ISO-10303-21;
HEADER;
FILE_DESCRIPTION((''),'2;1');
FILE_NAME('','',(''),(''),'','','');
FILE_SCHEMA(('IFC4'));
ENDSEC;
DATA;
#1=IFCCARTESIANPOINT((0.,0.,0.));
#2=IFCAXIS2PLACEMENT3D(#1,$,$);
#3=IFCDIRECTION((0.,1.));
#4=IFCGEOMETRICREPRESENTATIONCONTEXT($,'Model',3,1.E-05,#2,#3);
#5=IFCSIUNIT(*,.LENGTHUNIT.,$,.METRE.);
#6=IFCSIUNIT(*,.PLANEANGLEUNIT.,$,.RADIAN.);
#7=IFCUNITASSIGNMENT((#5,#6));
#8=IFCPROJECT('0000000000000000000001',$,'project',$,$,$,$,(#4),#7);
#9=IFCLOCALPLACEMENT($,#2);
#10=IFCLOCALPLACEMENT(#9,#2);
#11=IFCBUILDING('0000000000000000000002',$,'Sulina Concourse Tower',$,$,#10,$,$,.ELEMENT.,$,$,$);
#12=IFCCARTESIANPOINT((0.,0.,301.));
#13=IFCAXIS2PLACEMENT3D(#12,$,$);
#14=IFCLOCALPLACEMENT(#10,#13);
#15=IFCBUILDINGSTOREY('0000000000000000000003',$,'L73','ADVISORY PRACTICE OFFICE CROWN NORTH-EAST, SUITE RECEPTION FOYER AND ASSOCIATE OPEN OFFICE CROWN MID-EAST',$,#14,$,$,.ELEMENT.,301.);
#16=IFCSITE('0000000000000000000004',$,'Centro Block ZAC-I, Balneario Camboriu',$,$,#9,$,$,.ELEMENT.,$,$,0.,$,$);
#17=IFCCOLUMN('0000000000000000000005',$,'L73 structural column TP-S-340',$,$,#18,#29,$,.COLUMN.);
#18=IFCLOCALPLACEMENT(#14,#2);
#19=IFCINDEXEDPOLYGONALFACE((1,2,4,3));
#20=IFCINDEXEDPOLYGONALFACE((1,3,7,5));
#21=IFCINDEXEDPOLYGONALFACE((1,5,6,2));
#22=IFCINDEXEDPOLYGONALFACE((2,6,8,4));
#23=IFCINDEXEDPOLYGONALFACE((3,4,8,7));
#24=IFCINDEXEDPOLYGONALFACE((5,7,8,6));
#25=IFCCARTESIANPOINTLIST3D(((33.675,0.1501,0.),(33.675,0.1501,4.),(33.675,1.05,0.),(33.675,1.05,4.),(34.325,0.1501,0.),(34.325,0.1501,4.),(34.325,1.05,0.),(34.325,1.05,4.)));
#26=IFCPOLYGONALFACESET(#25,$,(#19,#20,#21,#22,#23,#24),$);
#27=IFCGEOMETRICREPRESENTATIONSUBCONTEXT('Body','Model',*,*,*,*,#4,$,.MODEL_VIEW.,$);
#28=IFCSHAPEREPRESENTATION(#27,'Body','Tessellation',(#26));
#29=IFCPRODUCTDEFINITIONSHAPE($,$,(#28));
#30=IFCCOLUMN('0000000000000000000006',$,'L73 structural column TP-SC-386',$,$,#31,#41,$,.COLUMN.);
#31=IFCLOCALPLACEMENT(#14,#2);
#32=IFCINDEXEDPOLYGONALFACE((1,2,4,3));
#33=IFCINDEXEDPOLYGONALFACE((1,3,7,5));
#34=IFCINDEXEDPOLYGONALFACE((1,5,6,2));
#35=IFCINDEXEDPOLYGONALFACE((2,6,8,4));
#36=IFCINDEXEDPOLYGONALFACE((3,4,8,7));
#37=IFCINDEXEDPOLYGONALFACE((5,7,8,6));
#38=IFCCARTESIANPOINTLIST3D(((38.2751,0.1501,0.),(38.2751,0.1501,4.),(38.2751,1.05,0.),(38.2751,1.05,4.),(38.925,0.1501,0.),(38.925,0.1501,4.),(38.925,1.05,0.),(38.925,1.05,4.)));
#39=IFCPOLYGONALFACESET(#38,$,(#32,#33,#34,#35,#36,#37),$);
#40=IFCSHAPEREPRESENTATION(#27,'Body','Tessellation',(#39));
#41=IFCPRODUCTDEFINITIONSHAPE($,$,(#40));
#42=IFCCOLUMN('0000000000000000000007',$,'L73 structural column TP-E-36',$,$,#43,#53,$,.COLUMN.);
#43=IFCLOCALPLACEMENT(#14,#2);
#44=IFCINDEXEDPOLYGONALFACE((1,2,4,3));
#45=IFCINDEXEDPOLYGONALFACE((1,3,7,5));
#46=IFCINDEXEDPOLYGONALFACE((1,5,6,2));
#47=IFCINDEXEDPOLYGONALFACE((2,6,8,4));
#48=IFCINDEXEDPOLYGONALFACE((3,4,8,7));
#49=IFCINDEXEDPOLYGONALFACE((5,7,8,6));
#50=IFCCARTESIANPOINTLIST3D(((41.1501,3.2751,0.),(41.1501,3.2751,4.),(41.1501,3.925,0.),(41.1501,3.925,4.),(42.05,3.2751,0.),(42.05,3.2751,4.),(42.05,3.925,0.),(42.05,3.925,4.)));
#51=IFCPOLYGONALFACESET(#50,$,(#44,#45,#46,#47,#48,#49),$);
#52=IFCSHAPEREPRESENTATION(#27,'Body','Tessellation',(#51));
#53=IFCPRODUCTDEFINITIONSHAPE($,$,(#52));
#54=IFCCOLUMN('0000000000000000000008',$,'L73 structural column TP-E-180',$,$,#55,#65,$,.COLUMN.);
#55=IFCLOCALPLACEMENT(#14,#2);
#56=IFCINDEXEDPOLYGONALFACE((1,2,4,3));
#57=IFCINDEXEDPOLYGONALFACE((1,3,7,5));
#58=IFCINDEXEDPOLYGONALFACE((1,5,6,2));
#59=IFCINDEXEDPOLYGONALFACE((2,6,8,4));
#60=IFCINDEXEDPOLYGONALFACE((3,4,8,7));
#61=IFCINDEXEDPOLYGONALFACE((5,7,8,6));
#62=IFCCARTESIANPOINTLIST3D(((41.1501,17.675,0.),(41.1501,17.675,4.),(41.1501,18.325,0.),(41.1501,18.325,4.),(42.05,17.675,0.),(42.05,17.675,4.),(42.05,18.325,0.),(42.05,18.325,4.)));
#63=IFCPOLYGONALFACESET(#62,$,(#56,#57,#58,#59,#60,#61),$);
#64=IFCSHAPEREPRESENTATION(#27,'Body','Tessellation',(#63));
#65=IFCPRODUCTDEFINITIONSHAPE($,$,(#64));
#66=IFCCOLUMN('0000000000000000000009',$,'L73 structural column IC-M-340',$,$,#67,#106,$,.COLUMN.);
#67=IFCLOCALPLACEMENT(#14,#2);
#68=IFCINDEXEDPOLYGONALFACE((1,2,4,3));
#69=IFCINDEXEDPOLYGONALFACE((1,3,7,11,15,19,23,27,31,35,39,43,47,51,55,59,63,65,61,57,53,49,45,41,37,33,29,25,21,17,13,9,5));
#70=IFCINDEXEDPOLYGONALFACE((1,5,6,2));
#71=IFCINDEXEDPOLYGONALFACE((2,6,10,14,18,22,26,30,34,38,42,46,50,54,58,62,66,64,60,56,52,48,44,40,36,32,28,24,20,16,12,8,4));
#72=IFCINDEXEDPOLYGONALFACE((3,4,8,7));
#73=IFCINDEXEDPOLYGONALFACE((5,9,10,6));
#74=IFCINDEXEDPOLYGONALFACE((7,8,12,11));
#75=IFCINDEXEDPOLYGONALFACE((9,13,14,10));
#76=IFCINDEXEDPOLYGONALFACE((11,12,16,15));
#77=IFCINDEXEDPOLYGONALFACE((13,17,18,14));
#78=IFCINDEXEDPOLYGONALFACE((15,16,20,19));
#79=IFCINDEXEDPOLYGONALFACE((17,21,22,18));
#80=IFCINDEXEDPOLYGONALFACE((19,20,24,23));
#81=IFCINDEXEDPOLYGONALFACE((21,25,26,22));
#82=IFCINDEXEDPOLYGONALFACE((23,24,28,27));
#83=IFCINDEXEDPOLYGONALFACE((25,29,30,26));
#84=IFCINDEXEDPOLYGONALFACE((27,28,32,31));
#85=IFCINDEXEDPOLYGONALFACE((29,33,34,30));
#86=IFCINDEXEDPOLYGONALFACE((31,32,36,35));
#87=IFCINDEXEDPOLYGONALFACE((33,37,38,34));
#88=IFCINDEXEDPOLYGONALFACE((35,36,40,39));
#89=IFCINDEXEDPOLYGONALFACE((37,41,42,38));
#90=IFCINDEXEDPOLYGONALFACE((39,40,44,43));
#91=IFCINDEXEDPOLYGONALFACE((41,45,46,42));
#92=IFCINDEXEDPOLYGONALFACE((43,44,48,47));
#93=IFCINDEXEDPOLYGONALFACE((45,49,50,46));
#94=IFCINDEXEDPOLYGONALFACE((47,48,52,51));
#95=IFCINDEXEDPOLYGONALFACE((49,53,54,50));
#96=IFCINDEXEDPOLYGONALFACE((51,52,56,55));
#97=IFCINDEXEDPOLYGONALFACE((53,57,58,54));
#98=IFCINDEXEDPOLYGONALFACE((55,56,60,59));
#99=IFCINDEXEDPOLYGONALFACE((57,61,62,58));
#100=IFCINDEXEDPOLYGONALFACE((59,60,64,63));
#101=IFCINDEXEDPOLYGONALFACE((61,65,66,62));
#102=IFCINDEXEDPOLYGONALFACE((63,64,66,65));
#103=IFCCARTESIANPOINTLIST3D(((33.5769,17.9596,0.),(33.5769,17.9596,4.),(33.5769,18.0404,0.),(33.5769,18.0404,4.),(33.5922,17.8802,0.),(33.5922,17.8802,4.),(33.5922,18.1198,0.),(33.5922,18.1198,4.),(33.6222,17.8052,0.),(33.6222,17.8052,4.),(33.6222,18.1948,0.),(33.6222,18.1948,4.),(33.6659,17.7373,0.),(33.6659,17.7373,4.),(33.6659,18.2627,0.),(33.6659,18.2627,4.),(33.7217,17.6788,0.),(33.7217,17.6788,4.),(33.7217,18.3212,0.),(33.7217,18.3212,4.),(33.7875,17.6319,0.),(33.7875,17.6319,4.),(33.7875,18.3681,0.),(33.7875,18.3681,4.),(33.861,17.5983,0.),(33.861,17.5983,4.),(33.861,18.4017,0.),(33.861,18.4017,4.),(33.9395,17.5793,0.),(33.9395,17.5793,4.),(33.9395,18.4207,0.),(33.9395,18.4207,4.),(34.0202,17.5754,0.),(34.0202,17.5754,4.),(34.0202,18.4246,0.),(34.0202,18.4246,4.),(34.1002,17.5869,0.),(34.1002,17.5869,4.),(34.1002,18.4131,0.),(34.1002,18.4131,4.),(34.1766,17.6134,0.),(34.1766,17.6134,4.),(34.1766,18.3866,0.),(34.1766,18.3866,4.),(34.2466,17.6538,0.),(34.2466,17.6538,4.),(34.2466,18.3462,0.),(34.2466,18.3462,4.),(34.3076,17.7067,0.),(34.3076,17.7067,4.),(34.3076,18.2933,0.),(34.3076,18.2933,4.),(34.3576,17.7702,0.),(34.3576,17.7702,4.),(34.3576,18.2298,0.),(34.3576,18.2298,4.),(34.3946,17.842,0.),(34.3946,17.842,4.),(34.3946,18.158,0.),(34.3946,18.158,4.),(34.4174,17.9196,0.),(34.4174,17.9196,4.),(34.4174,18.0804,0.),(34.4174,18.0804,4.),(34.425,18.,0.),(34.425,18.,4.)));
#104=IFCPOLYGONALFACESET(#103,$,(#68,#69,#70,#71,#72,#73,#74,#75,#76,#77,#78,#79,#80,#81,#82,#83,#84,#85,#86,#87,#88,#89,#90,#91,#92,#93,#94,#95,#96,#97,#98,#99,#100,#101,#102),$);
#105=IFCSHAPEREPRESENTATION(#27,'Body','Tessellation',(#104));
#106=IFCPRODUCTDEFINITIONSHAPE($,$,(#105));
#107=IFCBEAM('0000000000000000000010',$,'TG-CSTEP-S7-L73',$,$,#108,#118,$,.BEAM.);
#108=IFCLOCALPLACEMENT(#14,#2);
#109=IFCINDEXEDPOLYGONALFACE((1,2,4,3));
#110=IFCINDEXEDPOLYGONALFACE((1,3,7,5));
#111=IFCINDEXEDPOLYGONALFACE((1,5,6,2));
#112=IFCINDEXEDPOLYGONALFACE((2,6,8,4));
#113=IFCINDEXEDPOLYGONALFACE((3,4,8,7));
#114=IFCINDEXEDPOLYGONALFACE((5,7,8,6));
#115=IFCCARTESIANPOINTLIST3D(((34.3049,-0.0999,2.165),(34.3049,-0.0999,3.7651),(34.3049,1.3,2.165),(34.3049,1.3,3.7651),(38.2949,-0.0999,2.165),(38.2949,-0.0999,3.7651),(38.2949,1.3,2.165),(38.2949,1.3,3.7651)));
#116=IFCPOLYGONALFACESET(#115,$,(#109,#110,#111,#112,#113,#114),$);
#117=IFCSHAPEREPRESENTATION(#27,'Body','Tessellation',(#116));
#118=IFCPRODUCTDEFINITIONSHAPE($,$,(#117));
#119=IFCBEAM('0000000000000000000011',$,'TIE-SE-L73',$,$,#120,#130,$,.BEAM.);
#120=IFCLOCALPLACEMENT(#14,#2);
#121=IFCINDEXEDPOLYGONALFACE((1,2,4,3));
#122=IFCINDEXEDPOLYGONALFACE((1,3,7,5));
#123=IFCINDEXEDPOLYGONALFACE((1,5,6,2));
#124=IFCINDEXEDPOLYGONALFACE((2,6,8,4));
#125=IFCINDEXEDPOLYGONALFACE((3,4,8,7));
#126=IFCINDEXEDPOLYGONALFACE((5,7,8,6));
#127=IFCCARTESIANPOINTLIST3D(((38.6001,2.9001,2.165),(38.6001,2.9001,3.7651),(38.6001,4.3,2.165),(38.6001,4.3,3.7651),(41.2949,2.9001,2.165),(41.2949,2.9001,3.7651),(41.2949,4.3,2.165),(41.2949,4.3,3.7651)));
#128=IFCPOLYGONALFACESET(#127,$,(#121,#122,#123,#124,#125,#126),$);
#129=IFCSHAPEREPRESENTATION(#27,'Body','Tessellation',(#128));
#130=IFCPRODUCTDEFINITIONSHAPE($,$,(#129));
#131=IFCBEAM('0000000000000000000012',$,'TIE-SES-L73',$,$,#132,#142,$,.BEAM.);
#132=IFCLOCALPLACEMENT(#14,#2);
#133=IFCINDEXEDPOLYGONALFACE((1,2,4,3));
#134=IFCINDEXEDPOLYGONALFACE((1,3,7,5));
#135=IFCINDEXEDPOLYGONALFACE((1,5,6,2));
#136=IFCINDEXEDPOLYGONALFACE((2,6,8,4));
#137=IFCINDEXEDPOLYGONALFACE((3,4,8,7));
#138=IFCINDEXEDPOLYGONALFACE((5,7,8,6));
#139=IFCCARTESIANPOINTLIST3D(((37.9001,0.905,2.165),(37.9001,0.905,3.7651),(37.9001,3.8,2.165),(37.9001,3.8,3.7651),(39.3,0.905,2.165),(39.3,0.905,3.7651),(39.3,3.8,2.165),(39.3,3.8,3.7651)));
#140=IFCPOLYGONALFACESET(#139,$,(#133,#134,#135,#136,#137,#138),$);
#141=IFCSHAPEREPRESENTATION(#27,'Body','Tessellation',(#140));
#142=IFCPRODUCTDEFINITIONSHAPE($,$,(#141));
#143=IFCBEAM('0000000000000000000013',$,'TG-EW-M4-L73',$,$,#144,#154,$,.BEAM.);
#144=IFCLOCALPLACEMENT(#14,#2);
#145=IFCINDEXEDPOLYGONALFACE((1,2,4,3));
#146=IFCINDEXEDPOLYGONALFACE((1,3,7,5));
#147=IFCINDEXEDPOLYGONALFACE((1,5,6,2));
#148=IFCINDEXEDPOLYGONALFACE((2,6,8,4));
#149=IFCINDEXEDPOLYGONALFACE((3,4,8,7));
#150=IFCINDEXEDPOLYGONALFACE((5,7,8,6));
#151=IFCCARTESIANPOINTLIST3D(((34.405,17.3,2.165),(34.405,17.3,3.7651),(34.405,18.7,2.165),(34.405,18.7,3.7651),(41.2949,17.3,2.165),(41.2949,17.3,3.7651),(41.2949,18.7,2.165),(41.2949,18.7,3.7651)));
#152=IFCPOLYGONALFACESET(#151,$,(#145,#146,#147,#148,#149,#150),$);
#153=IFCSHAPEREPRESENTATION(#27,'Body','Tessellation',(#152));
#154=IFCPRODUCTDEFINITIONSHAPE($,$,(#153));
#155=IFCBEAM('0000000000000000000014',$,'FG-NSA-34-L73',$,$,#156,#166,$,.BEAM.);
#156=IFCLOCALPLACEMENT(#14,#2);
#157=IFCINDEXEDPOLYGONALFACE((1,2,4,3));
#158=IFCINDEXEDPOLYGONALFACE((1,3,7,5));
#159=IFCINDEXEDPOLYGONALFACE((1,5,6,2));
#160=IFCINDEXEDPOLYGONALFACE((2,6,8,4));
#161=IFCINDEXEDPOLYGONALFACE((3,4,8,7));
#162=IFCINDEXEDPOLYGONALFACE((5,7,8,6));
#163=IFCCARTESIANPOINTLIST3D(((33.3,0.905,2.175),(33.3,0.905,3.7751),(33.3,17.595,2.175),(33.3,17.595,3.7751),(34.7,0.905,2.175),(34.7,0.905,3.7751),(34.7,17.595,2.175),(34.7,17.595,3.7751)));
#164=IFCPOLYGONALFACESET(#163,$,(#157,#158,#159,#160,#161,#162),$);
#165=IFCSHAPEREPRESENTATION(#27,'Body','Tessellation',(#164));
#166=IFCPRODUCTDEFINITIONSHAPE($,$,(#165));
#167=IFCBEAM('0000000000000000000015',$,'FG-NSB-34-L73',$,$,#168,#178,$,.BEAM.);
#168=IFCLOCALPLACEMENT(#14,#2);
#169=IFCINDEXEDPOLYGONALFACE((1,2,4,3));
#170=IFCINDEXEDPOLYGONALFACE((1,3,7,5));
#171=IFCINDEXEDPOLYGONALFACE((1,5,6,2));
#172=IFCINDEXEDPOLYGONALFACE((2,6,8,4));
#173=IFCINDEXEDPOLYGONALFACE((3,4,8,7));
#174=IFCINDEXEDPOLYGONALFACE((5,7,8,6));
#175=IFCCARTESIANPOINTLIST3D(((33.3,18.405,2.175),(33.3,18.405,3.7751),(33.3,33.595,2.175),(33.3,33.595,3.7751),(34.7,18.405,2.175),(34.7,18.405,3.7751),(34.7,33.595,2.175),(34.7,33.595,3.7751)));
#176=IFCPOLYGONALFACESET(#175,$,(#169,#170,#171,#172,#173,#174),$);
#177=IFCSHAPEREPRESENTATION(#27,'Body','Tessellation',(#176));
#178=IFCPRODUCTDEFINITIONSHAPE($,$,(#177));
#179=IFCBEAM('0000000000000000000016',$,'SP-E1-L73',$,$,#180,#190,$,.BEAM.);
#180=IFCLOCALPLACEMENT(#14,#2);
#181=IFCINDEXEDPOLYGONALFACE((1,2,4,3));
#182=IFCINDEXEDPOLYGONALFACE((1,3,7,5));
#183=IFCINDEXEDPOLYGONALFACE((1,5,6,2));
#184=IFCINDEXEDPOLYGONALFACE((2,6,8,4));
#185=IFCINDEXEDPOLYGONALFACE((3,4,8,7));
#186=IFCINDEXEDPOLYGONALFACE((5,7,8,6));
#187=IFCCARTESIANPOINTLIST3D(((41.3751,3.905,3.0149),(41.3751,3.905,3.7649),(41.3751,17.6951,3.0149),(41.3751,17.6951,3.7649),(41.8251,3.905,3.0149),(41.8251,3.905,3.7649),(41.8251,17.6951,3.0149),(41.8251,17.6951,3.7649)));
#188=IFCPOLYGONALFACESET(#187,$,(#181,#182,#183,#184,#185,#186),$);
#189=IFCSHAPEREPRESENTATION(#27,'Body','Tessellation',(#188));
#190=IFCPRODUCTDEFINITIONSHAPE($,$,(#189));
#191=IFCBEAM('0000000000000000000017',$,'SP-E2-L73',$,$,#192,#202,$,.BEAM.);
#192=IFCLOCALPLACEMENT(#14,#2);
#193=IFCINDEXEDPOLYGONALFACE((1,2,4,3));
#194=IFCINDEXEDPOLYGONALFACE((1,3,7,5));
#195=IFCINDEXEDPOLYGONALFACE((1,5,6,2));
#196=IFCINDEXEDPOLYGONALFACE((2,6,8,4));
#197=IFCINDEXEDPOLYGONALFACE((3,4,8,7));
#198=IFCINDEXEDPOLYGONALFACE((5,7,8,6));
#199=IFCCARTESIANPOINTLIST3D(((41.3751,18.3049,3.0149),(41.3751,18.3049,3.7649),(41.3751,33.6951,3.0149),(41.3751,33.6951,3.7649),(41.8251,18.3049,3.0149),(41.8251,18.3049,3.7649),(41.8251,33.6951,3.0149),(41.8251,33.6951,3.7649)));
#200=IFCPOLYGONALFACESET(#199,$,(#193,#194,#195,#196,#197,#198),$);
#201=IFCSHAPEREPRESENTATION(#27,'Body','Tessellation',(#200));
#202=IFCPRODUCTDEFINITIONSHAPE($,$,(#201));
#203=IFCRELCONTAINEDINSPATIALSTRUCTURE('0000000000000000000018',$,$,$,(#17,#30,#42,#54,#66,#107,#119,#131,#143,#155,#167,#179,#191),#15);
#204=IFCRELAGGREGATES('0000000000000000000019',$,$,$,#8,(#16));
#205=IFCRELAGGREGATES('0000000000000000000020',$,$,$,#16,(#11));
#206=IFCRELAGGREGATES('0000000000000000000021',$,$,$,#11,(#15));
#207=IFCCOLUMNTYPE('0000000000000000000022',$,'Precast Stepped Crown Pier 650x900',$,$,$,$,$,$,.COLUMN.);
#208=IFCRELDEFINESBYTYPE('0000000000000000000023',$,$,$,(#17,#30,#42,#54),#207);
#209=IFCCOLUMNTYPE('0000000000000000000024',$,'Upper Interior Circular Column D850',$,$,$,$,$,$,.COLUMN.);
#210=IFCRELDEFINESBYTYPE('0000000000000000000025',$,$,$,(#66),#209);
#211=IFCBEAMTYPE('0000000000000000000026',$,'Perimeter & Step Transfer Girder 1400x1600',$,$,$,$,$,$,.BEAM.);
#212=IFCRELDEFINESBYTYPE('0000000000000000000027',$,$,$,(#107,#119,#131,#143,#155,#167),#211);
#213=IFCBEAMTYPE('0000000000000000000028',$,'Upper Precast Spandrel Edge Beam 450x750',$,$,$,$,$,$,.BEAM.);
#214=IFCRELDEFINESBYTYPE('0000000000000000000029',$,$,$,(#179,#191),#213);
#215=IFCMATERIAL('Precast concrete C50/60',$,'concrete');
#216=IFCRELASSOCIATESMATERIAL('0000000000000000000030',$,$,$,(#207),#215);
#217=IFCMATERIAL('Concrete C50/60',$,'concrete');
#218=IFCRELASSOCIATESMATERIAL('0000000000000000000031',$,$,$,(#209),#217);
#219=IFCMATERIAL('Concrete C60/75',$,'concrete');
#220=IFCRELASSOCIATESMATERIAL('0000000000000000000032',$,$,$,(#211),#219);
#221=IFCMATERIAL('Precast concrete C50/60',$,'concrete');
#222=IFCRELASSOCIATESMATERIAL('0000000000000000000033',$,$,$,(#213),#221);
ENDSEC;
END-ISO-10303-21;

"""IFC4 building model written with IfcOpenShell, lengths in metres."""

from ifc_helpers import new_model, si_unit, direction, frame, origin, origin_2d, place, context, subcontext, project, spatial, rectangle, circle, extrude, material, material_profile, profile_set, type_object, element, save


model = new_model("IFC4")

# Units and contexts
model_context = context("Model", 3, precision=1e-05, world=origin(), true_north=direction((0.0, 1.0)))
body_context = subcontext(model_context, "Body", "Model", "MODEL_VIEW")
ifc_project = project(units=[si_unit("LENGTHUNIT", "METRE"), si_unit("PLANEANGLEUNIT", "RADIAN")], contexts=[model_context])

# Site, building, storey
site_placement = place(None, origin())
site = spatial("IfcSite", under=ifc_project, at=site_placement, Name="Centro Block ZAC-I, Balneario Camboriu", CompositionType="ELEMENT", RefElevation=0.0)
building_placement = place(site_placement, origin())
building = spatial("IfcBuilding", under=site, at=building_placement, Name="Sulina Concourse Tower", CompositionType="ELEMENT")
storey_placement = place(building_placement, frame((0.0, 0.0, 301.0)))
storey = spatial("IfcBuildingStorey", under=building, at=storey_placement, Name="L73", Description="ADVISORY PRACTICE OFFICE CROWN NORTH-EAST, SUITE RECEPTION FOYER AND ASSOCIATE OPEN OFFICE CROWN MID-EAST", CompositionType="ELEMENT", Elevation=301.0)

# Columns
ifc_material_1 = material(Name="Precast concrete C50/60", Category="concrete")
ifc_material_profile_1 = material_profile(ifc_material_1, rectangle(XDim=0.6499, YDim=0.8999, at=origin_2d()), Name="PC 650x900")
ifc_profile_set_1 = profile_set([ifc_material_profile_1], Name="Precast concrete C50/60")
column_type_1 = type_object("IfcColumnType", Name="Precast Stepped Crown Pier 650x900", PredefinedType="COLUMN", material=ifc_profile_set_1)
for number, where, z_axis, x_axis, name in (
    (1, (34.0, 0.6001, 0.0), (0.0, 0.0, 1.0), (1.0, 0.0, 0.0), "L73 structural column TP-S-340"),
    (2, (38.6001, 0.6001, 0.0), (0.0, 0.0, 1.0), (1.0, 0.0, 0.0), "L73 structural column TP-SC-386"),
    (3, (41.6001, 3.6001, 0.0), (0.0, 0.0, 1.0), (0.0, 1.0, 0.0), "L73 structural column TP-E-36"),
    (4, (41.6001, 18.0, 0.0), (0.0, 0.0, 1.0), (0.0, 1.0, 0.0), "L73 structural column TP-E-180"),
):
    element("IfcColumn", number, at=place(storey_placement, frame(where, z_axis=z_axis, x_axis=x_axis)), inside=storey, type_object=column_type_1, Name=name, PredefinedType="COLUMN", context=body_context, shape_type="SweptSolid", body=[
        extrude(rectangle(XDim=0.6499, YDim=0.8999, at=origin_2d()), origin(), (0.0, 0.0, 1.0), 4.0),
    ])
ifc_material_2 = material(Name="Concrete C50/60", Category="concrete")
ifc_material_profile_2 = material_profile(ifc_material_2, circle(Radius=0.425, at=origin_2d()), Name="RC D850")
ifc_profile_set_2 = profile_set([ifc_material_profile_2], Name="Concrete C50/60")
column_type_2 = type_object("IfcColumnType", Name="Upper Interior Circular Column D850", PredefinedType="COLUMN", material=ifc_profile_set_2)
column_placement = place(storey_placement, frame((34.0, 18.0, 0.0), z_axis=(0.0, 0.0, 1.0), x_axis=(1.0, 0.0, 0.0)))
element("IfcColumn", 5, at=column_placement, inside=storey, type_object=column_type_2, Name="L73 structural column IC-M-340", PredefinedType="COLUMN", context=body_context, shape_type="SweptSolid", body=[
    extrude(circle(Radius=0.425, at=origin_2d()), origin(), (0.0, 0.0, 1.0), 4.0),
])

# Beams
ifc_material_3 = material(Name="Concrete C60/75", Category="concrete")
ifc_material_profile_3 = material_profile(ifc_material_3, rectangle(XDim=1.3999, YDim=1.6001, at=origin_2d()), Name="RC 1400x1600")
ifc_profile_set_3 = profile_set([ifc_material_profile_3], Name="Concrete C60/75")
beam_type_1 = type_object("IfcBeamType", Name="Perimeter & Step Transfer Girder 1400x1600", PredefinedType="BEAM", material=ifc_profile_set_3)
beam_1_placement = place(storey_placement, frame((34.3049, 0.6001, 2.9651), z_axis=(1.0, 0.0, 0.0), x_axis=(0.0, 1.0, 0.0)))
element("IfcBeam", 6, at=beam_1_placement, inside=storey, type_object=beam_type_1, Name="TG-CSTEP-S7-L73", PredefinedType="BEAM", context=body_context, shape_type="SweptSolid", body=[
    extrude(rectangle(XDim=1.3999, YDim=1.6001, at=origin_2d()), origin(), (0.0, 0.0, 1.0), 3.99),
])
beam_2_placement = place(storey_placement, frame((38.6001, 3.6001, 2.9651), z_axis=(1.0, 0.0, 0.0), x_axis=(0.0, 1.0, 0.0)))
element("IfcBeam", 7, at=beam_2_placement, inside=storey, type_object=beam_type_1, Name="TIE-SE-L73", PredefinedType="BEAM", context=body_context, shape_type="SweptSolid", body=[
    extrude(rectangle(XDim=1.3999, YDim=1.6001, at=origin_2d()), origin(), (0.0, 0.0, 1.0), 2.6948),
])
beam_3_placement = place(storey_placement, frame((38.6001, 0.905, 2.9651), z_axis=(0.0, 1.0, 0.0), x_axis=(-1.0, 0.0, 0.0)))
element("IfcBeam", 8, at=beam_3_placement, inside=storey, type_object=beam_type_1, Name="TIE-SES-L73", PredefinedType="BEAM", context=body_context, shape_type="SweptSolid", body=[
    extrude(rectangle(XDim=1.3999, YDim=1.6001, at=origin_2d()), origin(), (0.0, 0.0, 1.0), 2.895),
])
beam_4_placement = place(storey_placement, frame((34.405, 18.0, 2.9651), z_axis=(1.0, 0.0, 0.0), x_axis=(0.0, 1.0, 0.0)))
element("IfcBeam", 9, at=beam_4_placement, inside=storey, type_object=beam_type_1, Name="TG-EW-M4-L73", PredefinedType="BEAM", context=body_context, shape_type="SweptSolid", body=[
    extrude(rectangle(XDim=1.3999, YDim=1.6001, at=origin_2d()), origin(), (0.0, 0.0, 1.0), 6.8899),
])
beam_5_placement = place(storey_placement, frame((34.0, 0.905, 2.9751), z_axis=(0.0, 1.0, 0.0), x_axis=(-1.0, 0.0, 0.0)))
element("IfcBeam", 10, at=beam_5_placement, inside=storey, type_object=beam_type_1, Name="FG-NSA-34-L73", PredefinedType="BEAM", context=body_context, shape_type="SweptSolid", body=[
    extrude(rectangle(XDim=1.3999, YDim=1.6001, at=origin_2d()), origin(), (0.0, 0.0, 1.0), 16.6899),
])
beam_6_placement = place(storey_placement, frame((34.0, 18.405, 2.9751), z_axis=(0.0, 1.0, 0.0), x_axis=(-1.0, 0.0, 0.0)))
element("IfcBeam", 11, at=beam_6_placement, inside=storey, type_object=beam_type_1, Name="FG-NSB-34-L73", PredefinedType="BEAM", context=body_context, shape_type="SweptSolid", body=[
    extrude(rectangle(XDim=1.3999, YDim=1.6001, at=origin_2d()), origin(), (0.0, 0.0, 1.0), 15.1899),
])
ifc_material_4 = material(Name="Precast concrete C50/60", Category="concrete")
ifc_material_profile_4 = material_profile(ifc_material_4, rectangle(XDim=0.45, YDim=0.75, at=origin_2d()), Name="RC 450x750")
ifc_profile_set_4 = profile_set([ifc_material_profile_4], Name="Precast concrete C50/60")
beam_type_2 = type_object("IfcBeamType", Name="Upper Precast Spandrel Edge Beam 450x750", PredefinedType="BEAM", material=ifc_profile_set_4)
beam_7_placement = place(storey_placement, frame((41.6001, 3.905, 3.3899), z_axis=(0.0, 1.0, 0.0), x_axis=(-1.0, 0.0, 0.0)))
element("IfcBeam", 12, at=beam_7_placement, inside=storey, type_object=beam_type_2, Name="SP-E1-L73", PredefinedType="BEAM", context=body_context, shape_type="SweptSolid", body=[
    extrude(rectangle(XDim=0.45, YDim=0.75, at=origin_2d()), origin(), (0.0, 0.0, 1.0), 13.79),
])
beam_8_placement = place(storey_placement, frame((41.6001, 18.3049, 3.3899), z_axis=(0.0, 1.0, 0.0), x_axis=(-1.0, 0.0, 0.0)))
element("IfcBeam", 13, at=beam_8_placement, inside=storey, type_object=beam_type_2, Name="SP-E2-L73", PredefinedType="BEAM", context=body_context, shape_type="SweptSolid", body=[
    extrude(rectangle(XDim=0.45, YDim=0.75, at=origin_2d()), origin(), (0.0, 0.0, 1.0), 15.3901),
])

save(model, "model.ifc")
